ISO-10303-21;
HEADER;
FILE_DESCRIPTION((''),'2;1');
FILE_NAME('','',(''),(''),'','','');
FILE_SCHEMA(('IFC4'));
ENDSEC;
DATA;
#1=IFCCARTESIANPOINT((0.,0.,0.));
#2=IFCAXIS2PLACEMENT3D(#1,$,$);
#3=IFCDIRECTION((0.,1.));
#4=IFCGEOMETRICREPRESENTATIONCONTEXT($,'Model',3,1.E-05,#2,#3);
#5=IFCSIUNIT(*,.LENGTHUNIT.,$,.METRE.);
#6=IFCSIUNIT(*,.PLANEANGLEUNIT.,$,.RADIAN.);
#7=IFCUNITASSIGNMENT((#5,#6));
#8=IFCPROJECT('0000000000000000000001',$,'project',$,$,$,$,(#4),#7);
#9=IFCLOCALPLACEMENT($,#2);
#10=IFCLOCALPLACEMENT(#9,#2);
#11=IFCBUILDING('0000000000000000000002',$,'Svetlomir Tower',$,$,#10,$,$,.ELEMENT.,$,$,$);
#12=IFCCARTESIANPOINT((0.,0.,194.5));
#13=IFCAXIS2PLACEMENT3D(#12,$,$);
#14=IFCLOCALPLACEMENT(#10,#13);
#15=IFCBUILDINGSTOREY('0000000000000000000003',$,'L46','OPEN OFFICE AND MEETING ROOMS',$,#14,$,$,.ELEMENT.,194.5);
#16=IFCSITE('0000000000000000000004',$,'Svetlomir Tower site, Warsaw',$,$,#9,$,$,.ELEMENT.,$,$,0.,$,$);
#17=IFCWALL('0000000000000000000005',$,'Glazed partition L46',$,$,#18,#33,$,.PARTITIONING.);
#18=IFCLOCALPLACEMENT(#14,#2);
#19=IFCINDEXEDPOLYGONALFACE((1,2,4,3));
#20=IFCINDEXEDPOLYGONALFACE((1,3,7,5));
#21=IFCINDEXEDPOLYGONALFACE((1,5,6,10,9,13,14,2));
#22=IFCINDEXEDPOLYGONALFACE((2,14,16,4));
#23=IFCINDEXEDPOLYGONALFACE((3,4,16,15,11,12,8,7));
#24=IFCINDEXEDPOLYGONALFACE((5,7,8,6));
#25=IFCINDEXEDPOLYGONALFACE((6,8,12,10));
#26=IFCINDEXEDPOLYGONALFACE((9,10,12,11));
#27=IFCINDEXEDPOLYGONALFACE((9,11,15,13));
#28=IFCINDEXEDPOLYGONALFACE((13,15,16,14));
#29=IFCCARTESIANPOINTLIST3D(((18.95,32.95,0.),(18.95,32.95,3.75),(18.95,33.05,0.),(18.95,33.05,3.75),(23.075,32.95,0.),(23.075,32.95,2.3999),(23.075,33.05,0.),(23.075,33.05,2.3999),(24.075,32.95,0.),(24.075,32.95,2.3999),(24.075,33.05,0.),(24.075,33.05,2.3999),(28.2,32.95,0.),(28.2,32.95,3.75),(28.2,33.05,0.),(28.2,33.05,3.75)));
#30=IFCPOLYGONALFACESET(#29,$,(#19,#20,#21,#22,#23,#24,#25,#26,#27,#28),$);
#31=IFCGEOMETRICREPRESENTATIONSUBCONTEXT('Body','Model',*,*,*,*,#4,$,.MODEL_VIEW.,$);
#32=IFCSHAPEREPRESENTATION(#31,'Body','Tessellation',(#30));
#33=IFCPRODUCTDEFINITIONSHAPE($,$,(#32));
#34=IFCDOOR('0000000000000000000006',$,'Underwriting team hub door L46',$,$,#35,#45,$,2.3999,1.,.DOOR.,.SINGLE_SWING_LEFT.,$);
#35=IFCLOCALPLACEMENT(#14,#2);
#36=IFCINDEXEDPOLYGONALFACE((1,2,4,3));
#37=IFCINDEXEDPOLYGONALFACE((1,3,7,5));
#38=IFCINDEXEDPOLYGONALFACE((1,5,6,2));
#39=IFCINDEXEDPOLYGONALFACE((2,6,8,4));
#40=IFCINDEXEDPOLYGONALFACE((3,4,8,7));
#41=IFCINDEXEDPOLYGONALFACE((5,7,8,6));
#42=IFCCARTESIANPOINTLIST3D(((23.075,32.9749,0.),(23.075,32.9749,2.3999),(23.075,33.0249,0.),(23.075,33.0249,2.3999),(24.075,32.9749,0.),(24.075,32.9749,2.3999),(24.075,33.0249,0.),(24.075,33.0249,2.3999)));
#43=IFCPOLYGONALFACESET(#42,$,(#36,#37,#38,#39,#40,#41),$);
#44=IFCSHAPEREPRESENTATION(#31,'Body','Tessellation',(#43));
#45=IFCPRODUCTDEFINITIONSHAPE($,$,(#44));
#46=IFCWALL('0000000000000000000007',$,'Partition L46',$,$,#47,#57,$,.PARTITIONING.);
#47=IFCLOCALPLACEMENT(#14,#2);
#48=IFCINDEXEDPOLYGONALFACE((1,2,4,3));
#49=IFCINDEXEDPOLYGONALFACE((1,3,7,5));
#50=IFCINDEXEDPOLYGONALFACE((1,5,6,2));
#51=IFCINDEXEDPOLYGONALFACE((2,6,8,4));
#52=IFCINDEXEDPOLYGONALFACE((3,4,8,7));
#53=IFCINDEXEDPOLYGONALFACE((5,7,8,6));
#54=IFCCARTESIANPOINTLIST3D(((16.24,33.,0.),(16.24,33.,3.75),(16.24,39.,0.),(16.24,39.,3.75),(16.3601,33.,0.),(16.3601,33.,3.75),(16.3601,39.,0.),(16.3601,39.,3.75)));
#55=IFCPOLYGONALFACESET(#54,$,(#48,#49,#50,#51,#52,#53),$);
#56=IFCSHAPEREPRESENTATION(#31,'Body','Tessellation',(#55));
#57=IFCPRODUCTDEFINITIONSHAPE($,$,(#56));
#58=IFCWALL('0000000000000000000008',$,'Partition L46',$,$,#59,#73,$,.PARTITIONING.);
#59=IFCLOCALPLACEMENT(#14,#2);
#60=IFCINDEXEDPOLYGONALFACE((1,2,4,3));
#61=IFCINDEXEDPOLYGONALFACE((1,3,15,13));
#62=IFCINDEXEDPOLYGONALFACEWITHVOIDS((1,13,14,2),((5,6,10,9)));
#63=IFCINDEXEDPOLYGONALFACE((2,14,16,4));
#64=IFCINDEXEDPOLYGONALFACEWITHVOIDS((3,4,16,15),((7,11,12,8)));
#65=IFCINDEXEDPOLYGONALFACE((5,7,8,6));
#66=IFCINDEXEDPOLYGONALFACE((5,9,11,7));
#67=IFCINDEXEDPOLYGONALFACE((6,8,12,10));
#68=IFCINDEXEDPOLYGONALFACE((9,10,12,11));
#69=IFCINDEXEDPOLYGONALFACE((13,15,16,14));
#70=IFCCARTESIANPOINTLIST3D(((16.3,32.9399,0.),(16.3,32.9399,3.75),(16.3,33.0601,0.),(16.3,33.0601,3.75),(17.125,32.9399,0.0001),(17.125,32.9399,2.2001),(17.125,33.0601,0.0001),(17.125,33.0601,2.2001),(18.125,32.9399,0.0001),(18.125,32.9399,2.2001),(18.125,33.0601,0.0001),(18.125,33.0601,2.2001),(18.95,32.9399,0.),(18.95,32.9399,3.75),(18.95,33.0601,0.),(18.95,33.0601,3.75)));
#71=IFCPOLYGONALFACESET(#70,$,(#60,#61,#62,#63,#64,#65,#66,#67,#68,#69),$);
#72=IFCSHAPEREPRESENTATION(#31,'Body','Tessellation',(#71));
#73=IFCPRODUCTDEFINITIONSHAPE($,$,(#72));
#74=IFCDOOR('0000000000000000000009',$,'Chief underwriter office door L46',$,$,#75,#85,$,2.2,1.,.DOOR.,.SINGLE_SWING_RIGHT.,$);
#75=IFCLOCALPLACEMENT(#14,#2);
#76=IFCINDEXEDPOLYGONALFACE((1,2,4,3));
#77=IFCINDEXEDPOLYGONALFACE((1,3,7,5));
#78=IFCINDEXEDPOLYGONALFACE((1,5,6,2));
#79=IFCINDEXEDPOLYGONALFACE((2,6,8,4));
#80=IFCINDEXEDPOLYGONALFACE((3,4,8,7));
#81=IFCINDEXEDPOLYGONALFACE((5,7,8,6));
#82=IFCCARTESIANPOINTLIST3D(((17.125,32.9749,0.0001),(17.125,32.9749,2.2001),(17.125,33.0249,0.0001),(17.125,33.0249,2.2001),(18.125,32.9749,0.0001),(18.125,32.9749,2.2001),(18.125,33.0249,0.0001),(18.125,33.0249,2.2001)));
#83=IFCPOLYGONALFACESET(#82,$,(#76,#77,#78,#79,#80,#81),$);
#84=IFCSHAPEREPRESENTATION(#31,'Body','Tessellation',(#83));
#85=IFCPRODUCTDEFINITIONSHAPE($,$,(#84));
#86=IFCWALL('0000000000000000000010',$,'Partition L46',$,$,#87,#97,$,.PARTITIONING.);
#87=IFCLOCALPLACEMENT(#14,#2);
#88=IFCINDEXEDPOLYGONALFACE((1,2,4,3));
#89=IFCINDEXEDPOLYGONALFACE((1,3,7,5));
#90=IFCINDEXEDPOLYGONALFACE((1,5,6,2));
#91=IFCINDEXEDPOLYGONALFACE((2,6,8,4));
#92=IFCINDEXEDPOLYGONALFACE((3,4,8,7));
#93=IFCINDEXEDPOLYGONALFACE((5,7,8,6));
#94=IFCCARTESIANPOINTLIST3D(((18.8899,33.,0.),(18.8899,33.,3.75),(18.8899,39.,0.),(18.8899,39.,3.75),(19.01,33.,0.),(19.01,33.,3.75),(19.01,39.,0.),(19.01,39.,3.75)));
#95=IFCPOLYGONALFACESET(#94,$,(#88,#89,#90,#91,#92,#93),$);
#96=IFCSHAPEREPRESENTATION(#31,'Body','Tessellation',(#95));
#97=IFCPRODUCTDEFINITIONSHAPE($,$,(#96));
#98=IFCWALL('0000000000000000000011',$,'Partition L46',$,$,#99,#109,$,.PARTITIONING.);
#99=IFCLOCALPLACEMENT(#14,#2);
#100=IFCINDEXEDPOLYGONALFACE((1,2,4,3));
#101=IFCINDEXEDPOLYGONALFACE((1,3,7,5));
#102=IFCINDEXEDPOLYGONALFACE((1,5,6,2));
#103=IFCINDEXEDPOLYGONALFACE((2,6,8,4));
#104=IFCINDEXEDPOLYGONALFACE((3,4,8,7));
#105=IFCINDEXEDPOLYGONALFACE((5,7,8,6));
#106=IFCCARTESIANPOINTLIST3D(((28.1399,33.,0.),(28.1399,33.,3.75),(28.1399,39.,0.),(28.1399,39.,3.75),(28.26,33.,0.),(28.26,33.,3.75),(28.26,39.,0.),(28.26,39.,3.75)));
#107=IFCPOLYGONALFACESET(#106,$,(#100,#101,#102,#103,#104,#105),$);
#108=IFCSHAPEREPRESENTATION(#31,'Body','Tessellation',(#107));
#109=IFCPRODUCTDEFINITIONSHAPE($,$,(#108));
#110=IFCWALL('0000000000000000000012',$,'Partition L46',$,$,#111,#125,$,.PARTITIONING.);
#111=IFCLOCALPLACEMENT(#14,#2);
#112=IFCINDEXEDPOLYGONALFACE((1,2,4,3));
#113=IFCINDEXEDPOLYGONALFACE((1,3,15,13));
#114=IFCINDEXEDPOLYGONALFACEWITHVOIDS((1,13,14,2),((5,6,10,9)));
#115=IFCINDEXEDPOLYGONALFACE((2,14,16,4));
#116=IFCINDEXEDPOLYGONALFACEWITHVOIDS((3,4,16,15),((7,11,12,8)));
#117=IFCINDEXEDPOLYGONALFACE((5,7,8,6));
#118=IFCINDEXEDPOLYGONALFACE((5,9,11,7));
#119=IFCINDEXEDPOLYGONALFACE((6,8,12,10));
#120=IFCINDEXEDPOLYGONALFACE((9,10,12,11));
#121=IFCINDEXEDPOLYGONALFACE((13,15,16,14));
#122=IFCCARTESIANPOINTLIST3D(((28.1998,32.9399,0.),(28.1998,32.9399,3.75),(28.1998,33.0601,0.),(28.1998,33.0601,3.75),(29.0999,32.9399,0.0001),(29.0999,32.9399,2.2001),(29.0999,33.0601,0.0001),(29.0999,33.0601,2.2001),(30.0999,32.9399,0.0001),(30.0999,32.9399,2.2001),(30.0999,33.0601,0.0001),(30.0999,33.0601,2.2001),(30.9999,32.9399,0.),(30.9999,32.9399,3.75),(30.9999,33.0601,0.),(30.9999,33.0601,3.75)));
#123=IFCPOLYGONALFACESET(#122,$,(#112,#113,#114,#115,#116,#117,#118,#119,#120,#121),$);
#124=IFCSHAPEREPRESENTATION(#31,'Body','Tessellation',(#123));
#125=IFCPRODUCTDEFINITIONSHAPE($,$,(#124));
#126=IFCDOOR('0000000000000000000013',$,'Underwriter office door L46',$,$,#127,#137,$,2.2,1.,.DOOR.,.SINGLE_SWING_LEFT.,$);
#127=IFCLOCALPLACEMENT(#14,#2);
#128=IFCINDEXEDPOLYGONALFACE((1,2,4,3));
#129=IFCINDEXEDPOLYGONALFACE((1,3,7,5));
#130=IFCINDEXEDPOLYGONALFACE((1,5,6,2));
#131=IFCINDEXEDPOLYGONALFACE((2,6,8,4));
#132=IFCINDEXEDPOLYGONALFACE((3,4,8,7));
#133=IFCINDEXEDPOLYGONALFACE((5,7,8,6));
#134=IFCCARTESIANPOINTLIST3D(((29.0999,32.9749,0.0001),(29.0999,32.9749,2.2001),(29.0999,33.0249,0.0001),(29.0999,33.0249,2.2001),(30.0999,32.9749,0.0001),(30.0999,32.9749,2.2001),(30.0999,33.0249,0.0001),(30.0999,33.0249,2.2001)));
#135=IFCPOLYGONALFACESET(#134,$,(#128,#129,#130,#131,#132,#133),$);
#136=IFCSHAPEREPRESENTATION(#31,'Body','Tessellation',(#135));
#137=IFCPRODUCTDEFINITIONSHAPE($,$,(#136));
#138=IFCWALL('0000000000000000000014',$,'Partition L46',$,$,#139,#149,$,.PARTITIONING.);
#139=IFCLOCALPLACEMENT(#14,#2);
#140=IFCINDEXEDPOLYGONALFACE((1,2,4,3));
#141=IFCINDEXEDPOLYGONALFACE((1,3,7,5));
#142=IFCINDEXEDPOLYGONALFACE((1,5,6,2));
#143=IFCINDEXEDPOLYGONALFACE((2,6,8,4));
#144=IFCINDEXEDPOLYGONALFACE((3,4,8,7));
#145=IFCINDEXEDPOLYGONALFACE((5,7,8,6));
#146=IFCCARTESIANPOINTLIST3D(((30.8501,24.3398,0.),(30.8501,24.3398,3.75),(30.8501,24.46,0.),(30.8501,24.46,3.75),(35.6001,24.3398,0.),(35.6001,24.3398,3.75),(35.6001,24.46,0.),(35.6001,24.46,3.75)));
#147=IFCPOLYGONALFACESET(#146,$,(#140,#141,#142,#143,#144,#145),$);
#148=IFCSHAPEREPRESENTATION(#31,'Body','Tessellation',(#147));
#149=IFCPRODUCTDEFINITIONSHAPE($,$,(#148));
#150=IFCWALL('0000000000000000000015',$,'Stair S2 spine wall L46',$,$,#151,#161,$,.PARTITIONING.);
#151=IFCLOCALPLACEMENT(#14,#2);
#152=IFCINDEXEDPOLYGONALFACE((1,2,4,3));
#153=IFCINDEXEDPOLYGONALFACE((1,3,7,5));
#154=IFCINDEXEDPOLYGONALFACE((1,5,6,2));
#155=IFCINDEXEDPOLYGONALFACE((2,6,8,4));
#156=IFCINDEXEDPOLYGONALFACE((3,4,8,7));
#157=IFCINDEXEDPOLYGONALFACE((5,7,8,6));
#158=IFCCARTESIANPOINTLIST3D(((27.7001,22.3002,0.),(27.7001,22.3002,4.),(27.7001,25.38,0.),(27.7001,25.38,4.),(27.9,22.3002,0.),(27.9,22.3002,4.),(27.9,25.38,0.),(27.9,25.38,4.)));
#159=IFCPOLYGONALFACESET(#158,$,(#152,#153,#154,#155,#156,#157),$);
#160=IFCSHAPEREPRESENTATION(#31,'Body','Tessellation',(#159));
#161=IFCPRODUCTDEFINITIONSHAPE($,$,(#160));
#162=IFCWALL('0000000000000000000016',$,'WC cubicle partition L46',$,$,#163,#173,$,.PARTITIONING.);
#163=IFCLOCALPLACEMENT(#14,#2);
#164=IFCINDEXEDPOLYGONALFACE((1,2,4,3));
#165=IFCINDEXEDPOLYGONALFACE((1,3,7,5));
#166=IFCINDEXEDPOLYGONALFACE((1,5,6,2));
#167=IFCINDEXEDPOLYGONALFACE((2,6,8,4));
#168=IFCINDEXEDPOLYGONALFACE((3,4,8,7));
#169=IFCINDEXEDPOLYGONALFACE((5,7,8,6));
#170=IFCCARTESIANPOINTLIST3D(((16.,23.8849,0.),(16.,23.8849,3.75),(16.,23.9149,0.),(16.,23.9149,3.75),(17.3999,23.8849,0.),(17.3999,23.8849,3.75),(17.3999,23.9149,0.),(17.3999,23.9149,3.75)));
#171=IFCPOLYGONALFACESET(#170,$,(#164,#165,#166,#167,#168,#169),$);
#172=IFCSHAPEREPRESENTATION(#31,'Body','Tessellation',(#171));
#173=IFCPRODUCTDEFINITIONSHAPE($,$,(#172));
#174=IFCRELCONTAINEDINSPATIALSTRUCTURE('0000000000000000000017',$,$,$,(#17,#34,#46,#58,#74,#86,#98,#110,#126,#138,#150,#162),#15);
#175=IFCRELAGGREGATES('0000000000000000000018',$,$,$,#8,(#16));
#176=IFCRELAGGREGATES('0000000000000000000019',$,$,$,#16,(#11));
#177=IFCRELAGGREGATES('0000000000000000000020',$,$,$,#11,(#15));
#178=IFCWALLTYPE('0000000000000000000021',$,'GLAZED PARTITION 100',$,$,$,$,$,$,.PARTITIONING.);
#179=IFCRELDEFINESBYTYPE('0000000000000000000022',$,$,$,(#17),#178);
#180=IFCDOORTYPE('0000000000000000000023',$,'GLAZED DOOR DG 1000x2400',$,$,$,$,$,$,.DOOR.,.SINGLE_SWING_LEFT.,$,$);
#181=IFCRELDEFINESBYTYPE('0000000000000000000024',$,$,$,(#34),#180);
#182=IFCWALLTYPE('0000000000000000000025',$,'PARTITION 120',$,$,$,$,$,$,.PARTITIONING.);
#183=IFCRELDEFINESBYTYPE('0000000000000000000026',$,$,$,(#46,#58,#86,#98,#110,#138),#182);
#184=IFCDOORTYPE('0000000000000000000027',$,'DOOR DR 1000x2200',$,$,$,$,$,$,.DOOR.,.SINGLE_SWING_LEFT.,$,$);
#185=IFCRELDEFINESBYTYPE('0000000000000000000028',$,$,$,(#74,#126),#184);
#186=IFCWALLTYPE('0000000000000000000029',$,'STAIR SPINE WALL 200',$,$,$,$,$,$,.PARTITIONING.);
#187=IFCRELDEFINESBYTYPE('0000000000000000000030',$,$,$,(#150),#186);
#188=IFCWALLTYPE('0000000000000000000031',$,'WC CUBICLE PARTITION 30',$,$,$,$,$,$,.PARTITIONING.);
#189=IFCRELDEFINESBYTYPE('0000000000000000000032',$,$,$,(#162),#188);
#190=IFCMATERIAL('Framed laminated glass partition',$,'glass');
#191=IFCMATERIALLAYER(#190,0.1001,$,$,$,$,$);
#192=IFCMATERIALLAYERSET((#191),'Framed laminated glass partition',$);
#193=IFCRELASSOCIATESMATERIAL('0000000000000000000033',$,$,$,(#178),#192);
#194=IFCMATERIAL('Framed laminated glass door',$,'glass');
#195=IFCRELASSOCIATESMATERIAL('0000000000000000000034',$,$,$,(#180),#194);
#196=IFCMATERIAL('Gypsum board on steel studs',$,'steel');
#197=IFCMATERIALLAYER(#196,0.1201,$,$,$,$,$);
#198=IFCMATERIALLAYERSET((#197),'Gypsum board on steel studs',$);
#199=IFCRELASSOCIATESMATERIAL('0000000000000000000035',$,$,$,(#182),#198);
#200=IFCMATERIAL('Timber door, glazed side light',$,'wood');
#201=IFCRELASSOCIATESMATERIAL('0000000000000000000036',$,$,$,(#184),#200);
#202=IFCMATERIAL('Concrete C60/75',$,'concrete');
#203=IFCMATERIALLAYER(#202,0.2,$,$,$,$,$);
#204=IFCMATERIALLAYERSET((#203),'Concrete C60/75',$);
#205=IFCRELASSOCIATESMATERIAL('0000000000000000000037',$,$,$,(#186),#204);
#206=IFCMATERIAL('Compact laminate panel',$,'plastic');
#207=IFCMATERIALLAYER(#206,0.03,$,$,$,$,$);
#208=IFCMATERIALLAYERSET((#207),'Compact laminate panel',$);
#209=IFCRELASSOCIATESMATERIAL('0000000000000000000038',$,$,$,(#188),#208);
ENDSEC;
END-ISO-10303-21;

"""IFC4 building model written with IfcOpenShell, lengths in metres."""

from ifc_helpers import new_model, si_unit, direction, frame, frame_2d, origin, place, context, subcontext, project, spatial, rectangle, extrude, material, layer, layer_set, type_object, element, fill, save


model = new_model("IFC4")

# Units and contexts
model_context = context("Model", 3, precision=1e-05, world=origin(), true_north=direction((0.0, 1.0)))
body_context = subcontext(model_context, "Body", "Model", "MODEL_VIEW")
ifc_project = project(units=[si_unit("LENGTHUNIT", "METRE"), si_unit("PLANEANGLEUNIT", "RADIAN")], contexts=[model_context])

# Site, building, storey
site_placement = place(None, origin())
site = spatial("IfcSite", under=ifc_project, at=site_placement, Name="Svetlomir Tower site, Warsaw", CompositionType="ELEMENT", RefElevation=0.0)
building_placement = place(site_placement, origin())
building = spatial("IfcBuilding", under=site, at=building_placement, Name="Svetlomir Tower", CompositionType="ELEMENT")
storey_placement = place(building_placement, frame((0.0, 0.0, 194.5)))
storey = spatial("IfcBuildingStorey", under=building, at=storey_placement, Name="L46", Description="OPEN OFFICE AND MEETING ROOMS", CompositionType="ELEMENT", Elevation=194.5)

# Wall, opening, door
ifc_material_1 = material(Name="Framed laminated glass partition", Category="glass")
ifc_layer_1 = layer(ifc_material_1, 0.1001)
ifc_layer_set_1 = layer_set([ifc_layer_1], Name="Framed laminated glass partition")
wall_type_1 = type_object("IfcWallType", Name="GLAZED PARTITION 100", PredefinedType="PARTITIONING", material=ifc_layer_set_1)
wall_1_placement = place(storey_placement, frame((18.95, 33.0, 0.0), z_axis=(0.0, 0.0, 1.0), x_axis=(1.0, 0.0, 0.0)))
wall_1 = element("IfcWall", 1, at=wall_1_placement, inside=storey, type_object=wall_type_1, Name="Glazed partition L46", PredefinedType="PARTITIONING", context=body_context, shape_type="SweptSolid", body=[
    extrude(rectangle(XDim=9.25, YDim=0.1001, at=frame_2d((4.625, 0.0))), origin(), (0.0, 0.0, 1.0), 3.75),
])
opening_1_placement = place(wall_1_placement, frame((4.125, 0.0, 0.0)))
opening_1 = element("IfcOpeningElement", 2, at=opening_1_placement, cuts=wall_1, PredefinedType="OPENING", context=body_context, shape_type="SweptSolid", body=[
    extrude(rectangle(XDim=1.0, YDim=2.3999, at=frame_2d((0.5, 1.2))), frame((0.0, 0.0601, 0.0), z_axis=(0.0, -1.0, 0.0), x_axis=(1.0, 0.0, 0.0)), (0.0, 0.0, 1.0), 0.1201),
])
ifc_material_2 = material(Name="Framed laminated glass door", Category="glass")
door_type_1 = type_object("IfcDoorType", Name="GLAZED DOOR DG 1000x2400", OperationType="SINGLE_SWING_LEFT", PredefinedType="DOOR", material=ifc_material_2)
door_1_placement = place(opening_1_placement, origin())
door_1 = element("IfcDoor", 3, at=door_1_placement, inside=storey, type_object=door_type_1, Name="Underwriting team hub door L46", OperationType="SINGLE_SWING_LEFT", OverallHeight=2.3999, OverallWidth=1.0, PredefinedType="DOOR", context=body_context, shape_type="SweptSolid", body=[
    extrude(rectangle(XDim=1.0, YDim=2.3999, at=frame_2d((0.5, 1.2))), frame((0.0, 0.0249, 0.0), z_axis=(0.0, -1.0, 0.0), x_axis=(1.0, 0.0, 0.0)), (0.0, 0.0, 1.0), 0.05),
])
fill(opening_1, door_1)

# Wall
ifc_material_3 = material(Name="Gypsum board on steel studs", Category="steel")
ifc_layer_2 = layer(ifc_material_3, 0.1201)
ifc_layer_set_2 = layer_set([ifc_layer_2], Name="Gypsum board on steel studs")
wall_type_2 = type_object("IfcWallType", Name="PARTITION 120", PredefinedType="PARTITIONING", material=ifc_layer_set_2)
wall_2_placement = place(storey_placement, frame((16.3, 33.0, 0.0), z_axis=(0.0, 0.0, 1.0), x_axis=(0.0, 1.0, 0.0)))
element("IfcWall", 4, at=wall_2_placement, inside=storey, type_object=wall_type_2, Name="Partition L46", PredefinedType="PARTITIONING", context=body_context, shape_type="SweptSolid", body=[
    extrude(rectangle(XDim=6.0, YDim=0.1201, at=frame_2d((3.0, 0.0))), origin(), (0.0, 0.0, 1.0), 3.75),
])

# Wall, opening, door
wall_3_placement = place(storey_placement, frame((16.3, 33.0, 0.0), z_axis=(0.0, 0.0, 1.0), x_axis=(1.0, 0.0, 0.0)))
wall_3 = element("IfcWall", 5, at=wall_3_placement, inside=storey, type_object=wall_type_2, Name="Partition L46", PredefinedType="PARTITIONING", context=body_context, shape_type="SweptSolid", body=[
    extrude(rectangle(XDim=2.6499, YDim=0.1201, at=frame_2d((1.325, 0.0))), origin(), (0.0, 0.0, 1.0), 3.75),
])
opening_2_placement = place(wall_3_placement, frame((0.825, 0.0, 0.0)))
opening_2 = element("IfcOpeningElement", 6, at=opening_2_placement, cuts=wall_3, PredefinedType="OPENING", context=body_context, shape_type="SweptSolid", body=[
    extrude(rectangle(XDim=1.0, YDim=2.2, at=frame_2d((0.5, 1.1001))), frame((0.0, 0.0701, 0.0), z_axis=(0.0, -1.0, 0.0), x_axis=(1.0, 0.0, 0.0)), (0.0, 0.0, 1.0), 0.1401),
])
ifc_material_4 = material(Name="Timber door, glazed side light", Category="wood")
door_type_2 = type_object("IfcDoorType", Name="DOOR DR 1000x2200", OperationType="SINGLE_SWING_LEFT", PredefinedType="DOOR", material=ifc_material_4)
door_2_placement = place(opening_2_placement, origin())
door_2 = element("IfcDoor", 7, at=door_2_placement, inside=storey, type_object=door_type_2, Name="Chief underwriter office door L46", OperationType="SINGLE_SWING_RIGHT", OverallHeight=2.2, OverallWidth=1.0, PredefinedType="DOOR", context=body_context, shape_type="SweptSolid", body=[
    extrude(rectangle(XDim=1.0, YDim=2.2, at=frame_2d((0.5, 1.1001))), frame((0.0, 0.0249, 0.0), z_axis=(0.0, -1.0, 0.0), x_axis=(1.0, 0.0, 0.0)), (0.0, 0.0, 1.0), 0.05),
])
fill(opening_2, door_2)

# Walls
for number, where, z_axis, x_axis, name in (
    (8, (18.95, 33.0, 0.0), (0.0, 0.0, 1.0), (0.0, 1.0, 0.0), "Partition L46"),
    (9, (28.2, 33.0, 0.0), (0.0, 0.0, 1.0), (0.0, 1.0, 0.0), "Partition L46"),
):
    element("IfcWall", number, at=place(storey_placement, frame(where, z_axis=z_axis, x_axis=x_axis)), inside=storey, type_object=wall_type_2, Name=name, PredefinedType="PARTITIONING", context=body_context, shape_type="SweptSolid", body=[
        extrude(rectangle(XDim=6.0, YDim=0.1201, at=frame_2d((3.0, 0.0))), origin(), (0.0, 0.0, 1.0), 3.75),
    ])

# Wall, opening, door
wall_4_placement = place(storey_placement, frame((28.2, 33.0, 0.0), z_axis=(0.0, 0.0, 1.0), x_axis=(1.0, 0.0, 0.0)))
wall_4 = element("IfcWall", 10, at=wall_4_placement, inside=storey, type_object=wall_type_2, Name="Partition L46", PredefinedType="PARTITIONING", context=body_context, shape_type="SweptSolid", body=[
    extrude(rectangle(XDim=2.8, YDim=0.1201, at=frame_2d((1.3999, 0.0))), origin(), (0.0, 0.0, 1.0), 3.75),
])
opening_3_placement = place(wall_4_placement, frame((0.8999, 0.0, 0.0)))
opening_3 = element("IfcOpeningElement", 11, at=opening_3_placement, cuts=wall_4, PredefinedType="OPENING", context=body_context, shape_type="SweptSolid", body=[
    extrude(rectangle(XDim=1.0, YDim=2.2, at=frame_2d((0.5, 1.1001))), frame((0.0, 0.0701, 0.0), z_axis=(0.0, -1.0, 0.0), x_axis=(1.0, 0.0, 0.0)), (0.0, 0.0, 1.0), 0.1401),
])
door_3_placement = place(opening_3_placement, origin())
door_3 = element("IfcDoor", 12, at=door_3_placement, inside=storey, type_object=door_type_2, Name="Underwriter office door L46", OperationType="SINGLE_SWING_LEFT", OverallHeight=2.2, OverallWidth=1.0, PredefinedType="DOOR", context=body_context, shape_type="SweptSolid", body=[
    extrude(rectangle(XDim=1.0, YDim=2.2, at=frame_2d((0.5, 1.1001))), frame((0.0, 0.0249, 0.0), z_axis=(0.0, -1.0, 0.0), x_axis=(1.0, 0.0, 0.0)), (0.0, 0.0, 1.0), 0.05),
])
fill(opening_3, door_3)

# Walls
wall_5_placement = place(storey_placement, frame((30.8501, 24.3999, 0.0), z_axis=(0.0, 0.0, 1.0), x_axis=(1.0, 0.0, 0.0)))
element("IfcWall", 13, at=wall_5_placement, inside=storey, type_object=wall_type_2, Name="Partition L46", PredefinedType="PARTITIONING", context=body_context, shape_type="SweptSolid", body=[
    extrude(rectangle(XDim=4.75, YDim=0.1201, at=frame_2d((2.375, 0.0))), origin(), (0.0, 0.0, 1.0), 3.75),
])
ifc_material_5 = material(Name="Concrete C60/75", Category="concrete")
ifc_layer_3 = layer(ifc_material_5, 0.2)
ifc_layer_set_3 = layer_set([ifc_layer_3], Name="Concrete C60/75")
wall_type_3 = type_object("IfcWallType", Name="STAIR SPINE WALL 200", PredefinedType="PARTITIONING", material=ifc_layer_set_3)
wall_6_placement = place(storey_placement, frame((27.8, 22.3, 0.0), z_axis=(0.0, 0.0, 1.0), x_axis=(0.0, 1.0, 0.0)))
element("IfcWall", 14, at=wall_6_placement, inside=storey, type_object=wall_type_3, Name="Stair S2 spine wall L46", PredefinedType="PARTITIONING", context=body_context, shape_type="SweptSolid", body=[
    extrude(rectangle(XDim=3.0798, YDim=0.2, at=frame_2d((1.54, 0.0))), origin(), (0.0, 0.0, 1.0), 4.0),
])
ifc_material_6 = material(Name="Compact laminate panel", Category="plastic")
ifc_layer_4 = layer(ifc_material_6, 0.03)
ifc_layer_set_4 = layer_set([ifc_layer_4], Name="Compact laminate panel")
wall_type_4 = type_object("IfcWallType", Name="WC CUBICLE PARTITION 30", PredefinedType="PARTITIONING", material=ifc_layer_set_4)
wall_7_placement = place(storey_placement, frame((16.0, 23.8999, 0.0), z_axis=(0.0, 0.0, 1.0), x_axis=(1.0, 0.0, 0.0)))
element("IfcWall", 15, at=wall_7_placement, inside=storey, type_object=wall_type_4, Name="WC cubicle partition L46", PredefinedType="PARTITIONING", context=body_context, shape_type="SweptSolid", body=[
    extrude(rectangle(XDim=1.3999, YDim=0.03, at=frame_2d((0.7, 0.0))), origin(), (0.0, 0.0, 1.0), 3.75),
])

save(model, "model.ifc")
